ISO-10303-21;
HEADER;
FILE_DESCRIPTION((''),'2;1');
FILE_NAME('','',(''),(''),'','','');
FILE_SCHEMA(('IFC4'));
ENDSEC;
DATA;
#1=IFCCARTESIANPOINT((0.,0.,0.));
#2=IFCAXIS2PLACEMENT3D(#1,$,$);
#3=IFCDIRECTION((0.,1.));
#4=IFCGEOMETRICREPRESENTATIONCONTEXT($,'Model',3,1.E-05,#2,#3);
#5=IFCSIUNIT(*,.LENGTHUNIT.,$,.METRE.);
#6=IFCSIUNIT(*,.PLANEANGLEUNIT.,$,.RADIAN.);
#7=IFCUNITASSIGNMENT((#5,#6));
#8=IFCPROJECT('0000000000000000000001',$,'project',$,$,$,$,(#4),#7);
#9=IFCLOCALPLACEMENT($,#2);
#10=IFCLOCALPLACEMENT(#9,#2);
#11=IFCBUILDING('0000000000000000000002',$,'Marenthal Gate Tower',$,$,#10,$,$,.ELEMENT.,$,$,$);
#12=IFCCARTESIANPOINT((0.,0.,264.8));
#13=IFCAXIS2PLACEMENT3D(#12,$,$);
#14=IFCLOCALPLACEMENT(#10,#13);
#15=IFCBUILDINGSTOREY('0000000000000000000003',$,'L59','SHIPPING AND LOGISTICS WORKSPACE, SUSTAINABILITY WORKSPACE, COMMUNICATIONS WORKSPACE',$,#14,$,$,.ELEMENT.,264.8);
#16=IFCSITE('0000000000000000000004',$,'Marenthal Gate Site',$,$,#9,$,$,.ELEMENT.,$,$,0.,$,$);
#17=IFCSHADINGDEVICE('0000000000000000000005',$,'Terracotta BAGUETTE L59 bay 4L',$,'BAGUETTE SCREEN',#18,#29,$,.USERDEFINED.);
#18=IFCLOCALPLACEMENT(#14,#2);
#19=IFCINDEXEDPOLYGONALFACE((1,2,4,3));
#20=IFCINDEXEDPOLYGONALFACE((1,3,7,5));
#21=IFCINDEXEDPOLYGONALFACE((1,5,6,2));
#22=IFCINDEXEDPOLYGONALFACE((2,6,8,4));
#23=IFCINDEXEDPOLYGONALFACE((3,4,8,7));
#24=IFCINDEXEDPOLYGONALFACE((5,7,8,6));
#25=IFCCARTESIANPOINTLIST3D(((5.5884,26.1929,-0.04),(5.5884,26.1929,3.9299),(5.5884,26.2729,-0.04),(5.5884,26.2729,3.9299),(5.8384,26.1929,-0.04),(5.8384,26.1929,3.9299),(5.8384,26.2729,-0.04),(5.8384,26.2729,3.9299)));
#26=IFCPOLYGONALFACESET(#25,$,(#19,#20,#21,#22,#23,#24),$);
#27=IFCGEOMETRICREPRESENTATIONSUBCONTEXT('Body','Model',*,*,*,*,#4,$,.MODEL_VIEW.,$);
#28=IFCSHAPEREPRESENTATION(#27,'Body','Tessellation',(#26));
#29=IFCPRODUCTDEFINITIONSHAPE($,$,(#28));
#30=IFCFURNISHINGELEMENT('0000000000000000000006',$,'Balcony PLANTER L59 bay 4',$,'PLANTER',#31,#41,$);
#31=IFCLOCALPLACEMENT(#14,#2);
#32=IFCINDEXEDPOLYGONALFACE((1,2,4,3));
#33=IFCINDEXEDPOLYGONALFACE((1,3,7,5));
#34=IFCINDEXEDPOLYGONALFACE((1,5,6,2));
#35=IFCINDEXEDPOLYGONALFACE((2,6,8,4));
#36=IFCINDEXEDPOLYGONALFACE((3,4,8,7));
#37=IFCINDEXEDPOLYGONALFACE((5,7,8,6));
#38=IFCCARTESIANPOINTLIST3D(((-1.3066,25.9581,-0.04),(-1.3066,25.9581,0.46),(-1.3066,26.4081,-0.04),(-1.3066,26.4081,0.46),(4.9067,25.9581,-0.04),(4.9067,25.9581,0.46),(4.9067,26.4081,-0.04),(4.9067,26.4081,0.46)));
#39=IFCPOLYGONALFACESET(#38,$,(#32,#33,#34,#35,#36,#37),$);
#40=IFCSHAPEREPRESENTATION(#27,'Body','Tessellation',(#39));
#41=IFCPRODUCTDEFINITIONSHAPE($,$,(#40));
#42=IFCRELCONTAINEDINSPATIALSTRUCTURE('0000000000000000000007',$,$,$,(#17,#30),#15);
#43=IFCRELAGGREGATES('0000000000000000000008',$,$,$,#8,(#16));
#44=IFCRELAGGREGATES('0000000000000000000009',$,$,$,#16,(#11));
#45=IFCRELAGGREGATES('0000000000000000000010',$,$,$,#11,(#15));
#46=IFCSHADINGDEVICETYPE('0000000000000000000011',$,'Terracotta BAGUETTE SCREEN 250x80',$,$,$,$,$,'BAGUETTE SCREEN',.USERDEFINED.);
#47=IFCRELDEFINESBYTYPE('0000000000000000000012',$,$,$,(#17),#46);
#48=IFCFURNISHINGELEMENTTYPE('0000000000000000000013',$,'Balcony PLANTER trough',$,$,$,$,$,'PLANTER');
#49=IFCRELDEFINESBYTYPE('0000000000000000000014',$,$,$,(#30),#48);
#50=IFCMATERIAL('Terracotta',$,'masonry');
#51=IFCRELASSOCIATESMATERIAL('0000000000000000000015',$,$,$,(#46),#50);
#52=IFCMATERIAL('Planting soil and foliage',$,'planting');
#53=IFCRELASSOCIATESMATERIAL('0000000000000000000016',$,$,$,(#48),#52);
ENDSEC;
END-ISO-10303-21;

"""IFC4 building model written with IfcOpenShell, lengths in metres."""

from ifc_helpers import new_model, si_unit, direction, frame, origin, origin_2d, place, context, subcontext, project, spatial, rectangle, extrude, material, material_profile, profile_set, type_object, element, save


model = new_model("IFC4")

# Units and contexts
model_context = context("Model", 3, precision=1e-05, world=origin(), true_north=direction((0.0, 1.0)))
body_context = subcontext(model_context, "Body", "Model", "MODEL_VIEW")
ifc_project = project(units=[si_unit("LENGTHUNIT", "METRE"), si_unit("PLANEANGLEUNIT", "RADIAN")], contexts=[model_context])

# Site, building, storey
site_placement = place(None, origin())
site = spatial("IfcSite", under=ifc_project, at=site_placement, Name="Marenthal Gate Site", CompositionType="ELEMENT", RefElevation=0.0)
building_placement = place(site_placement, origin())
building = spatial("IfcBuilding", under=site, at=building_placement, Name="Marenthal Gate Tower", CompositionType="ELEMENT")
storey_placement = place(building_placement, frame((0.0, 0.0, 264.8)))
storey = spatial("IfcBuildingStorey", under=building, at=storey_placement, Name="L59", Description="SHIPPING AND LOGISTICS WORKSPACE, SUSTAINABILITY WORKSPACE, COMMUNICATIONS WORKSPACE", CompositionType="ELEMENT", Elevation=264.8)

# Shading device
ifc_material_1 = material(Name="Terracotta", Category="masonry")
ifc_material_profile_1 = material_profile(ifc_material_1, rectangle(XDim=0.25, YDim=0.0801, at=origin_2d()), Name="Terracotta baguette 250x80")
ifc_profile_set_1 = profile_set([ifc_material_profile_1], Name="Terracotta")
shading_device_type = type_object("IfcShadingDeviceType", Name="Terracotta BAGUETTE SCREEN 250x80", ElementType="BAGUETTE SCREEN", PredefinedType="USERDEFINED", material=ifc_profile_set_1)
shading_device_placement = place(storey_placement, frame((5.7134, 26.2329, -0.04), z_axis=(0.0, 0.0, 1.0), x_axis=(-1.0, 0.0, 0.0)))
element("IfcShadingDevice", 1, at=shading_device_placement, inside=storey, type_object=shading_device_type, Name="Terracotta BAGUETTE L59 bay 4L", ObjectType="BAGUETTE SCREEN", PredefinedType="USERDEFINED", context=body_context, shape_type="SweptSolid", body=[
    extrude(rectangle(XDim=0.25, YDim=0.0801, at=origin_2d()), origin(), (0.0, 0.0, 1.0), 3.97),
])

# Furnishing element
ifc_material_2 = material(Name="Planting soil and foliage", Category="planting")
furnishing_element_type = type_object("IfcFurnishingElementType", Name="Balcony PLANTER trough", ElementType="PLANTER", material=ifc_material_2)
furnishing_placement = place(storey_placement, frame((1.8, 26.1831, -0.04), z_axis=(0.0, 0.0, 1.0), x_axis=(-1.0, 0.0, 0.0)))
element("IfcFurnishingElement", 2, at=furnishing_placement, inside=storey, type_object=furnishing_element_type, Name="Balcony PLANTER L59 bay 4", ObjectType="PLANTER", context=body_context, shape_type="SweptSolid", body=[
    extrude(rectangle(XDim=6.2134, YDim=0.45, at=origin_2d()), origin(), (0.0, 0.0, 1.0), 0.5),
])

save(model, "model.ifc")
